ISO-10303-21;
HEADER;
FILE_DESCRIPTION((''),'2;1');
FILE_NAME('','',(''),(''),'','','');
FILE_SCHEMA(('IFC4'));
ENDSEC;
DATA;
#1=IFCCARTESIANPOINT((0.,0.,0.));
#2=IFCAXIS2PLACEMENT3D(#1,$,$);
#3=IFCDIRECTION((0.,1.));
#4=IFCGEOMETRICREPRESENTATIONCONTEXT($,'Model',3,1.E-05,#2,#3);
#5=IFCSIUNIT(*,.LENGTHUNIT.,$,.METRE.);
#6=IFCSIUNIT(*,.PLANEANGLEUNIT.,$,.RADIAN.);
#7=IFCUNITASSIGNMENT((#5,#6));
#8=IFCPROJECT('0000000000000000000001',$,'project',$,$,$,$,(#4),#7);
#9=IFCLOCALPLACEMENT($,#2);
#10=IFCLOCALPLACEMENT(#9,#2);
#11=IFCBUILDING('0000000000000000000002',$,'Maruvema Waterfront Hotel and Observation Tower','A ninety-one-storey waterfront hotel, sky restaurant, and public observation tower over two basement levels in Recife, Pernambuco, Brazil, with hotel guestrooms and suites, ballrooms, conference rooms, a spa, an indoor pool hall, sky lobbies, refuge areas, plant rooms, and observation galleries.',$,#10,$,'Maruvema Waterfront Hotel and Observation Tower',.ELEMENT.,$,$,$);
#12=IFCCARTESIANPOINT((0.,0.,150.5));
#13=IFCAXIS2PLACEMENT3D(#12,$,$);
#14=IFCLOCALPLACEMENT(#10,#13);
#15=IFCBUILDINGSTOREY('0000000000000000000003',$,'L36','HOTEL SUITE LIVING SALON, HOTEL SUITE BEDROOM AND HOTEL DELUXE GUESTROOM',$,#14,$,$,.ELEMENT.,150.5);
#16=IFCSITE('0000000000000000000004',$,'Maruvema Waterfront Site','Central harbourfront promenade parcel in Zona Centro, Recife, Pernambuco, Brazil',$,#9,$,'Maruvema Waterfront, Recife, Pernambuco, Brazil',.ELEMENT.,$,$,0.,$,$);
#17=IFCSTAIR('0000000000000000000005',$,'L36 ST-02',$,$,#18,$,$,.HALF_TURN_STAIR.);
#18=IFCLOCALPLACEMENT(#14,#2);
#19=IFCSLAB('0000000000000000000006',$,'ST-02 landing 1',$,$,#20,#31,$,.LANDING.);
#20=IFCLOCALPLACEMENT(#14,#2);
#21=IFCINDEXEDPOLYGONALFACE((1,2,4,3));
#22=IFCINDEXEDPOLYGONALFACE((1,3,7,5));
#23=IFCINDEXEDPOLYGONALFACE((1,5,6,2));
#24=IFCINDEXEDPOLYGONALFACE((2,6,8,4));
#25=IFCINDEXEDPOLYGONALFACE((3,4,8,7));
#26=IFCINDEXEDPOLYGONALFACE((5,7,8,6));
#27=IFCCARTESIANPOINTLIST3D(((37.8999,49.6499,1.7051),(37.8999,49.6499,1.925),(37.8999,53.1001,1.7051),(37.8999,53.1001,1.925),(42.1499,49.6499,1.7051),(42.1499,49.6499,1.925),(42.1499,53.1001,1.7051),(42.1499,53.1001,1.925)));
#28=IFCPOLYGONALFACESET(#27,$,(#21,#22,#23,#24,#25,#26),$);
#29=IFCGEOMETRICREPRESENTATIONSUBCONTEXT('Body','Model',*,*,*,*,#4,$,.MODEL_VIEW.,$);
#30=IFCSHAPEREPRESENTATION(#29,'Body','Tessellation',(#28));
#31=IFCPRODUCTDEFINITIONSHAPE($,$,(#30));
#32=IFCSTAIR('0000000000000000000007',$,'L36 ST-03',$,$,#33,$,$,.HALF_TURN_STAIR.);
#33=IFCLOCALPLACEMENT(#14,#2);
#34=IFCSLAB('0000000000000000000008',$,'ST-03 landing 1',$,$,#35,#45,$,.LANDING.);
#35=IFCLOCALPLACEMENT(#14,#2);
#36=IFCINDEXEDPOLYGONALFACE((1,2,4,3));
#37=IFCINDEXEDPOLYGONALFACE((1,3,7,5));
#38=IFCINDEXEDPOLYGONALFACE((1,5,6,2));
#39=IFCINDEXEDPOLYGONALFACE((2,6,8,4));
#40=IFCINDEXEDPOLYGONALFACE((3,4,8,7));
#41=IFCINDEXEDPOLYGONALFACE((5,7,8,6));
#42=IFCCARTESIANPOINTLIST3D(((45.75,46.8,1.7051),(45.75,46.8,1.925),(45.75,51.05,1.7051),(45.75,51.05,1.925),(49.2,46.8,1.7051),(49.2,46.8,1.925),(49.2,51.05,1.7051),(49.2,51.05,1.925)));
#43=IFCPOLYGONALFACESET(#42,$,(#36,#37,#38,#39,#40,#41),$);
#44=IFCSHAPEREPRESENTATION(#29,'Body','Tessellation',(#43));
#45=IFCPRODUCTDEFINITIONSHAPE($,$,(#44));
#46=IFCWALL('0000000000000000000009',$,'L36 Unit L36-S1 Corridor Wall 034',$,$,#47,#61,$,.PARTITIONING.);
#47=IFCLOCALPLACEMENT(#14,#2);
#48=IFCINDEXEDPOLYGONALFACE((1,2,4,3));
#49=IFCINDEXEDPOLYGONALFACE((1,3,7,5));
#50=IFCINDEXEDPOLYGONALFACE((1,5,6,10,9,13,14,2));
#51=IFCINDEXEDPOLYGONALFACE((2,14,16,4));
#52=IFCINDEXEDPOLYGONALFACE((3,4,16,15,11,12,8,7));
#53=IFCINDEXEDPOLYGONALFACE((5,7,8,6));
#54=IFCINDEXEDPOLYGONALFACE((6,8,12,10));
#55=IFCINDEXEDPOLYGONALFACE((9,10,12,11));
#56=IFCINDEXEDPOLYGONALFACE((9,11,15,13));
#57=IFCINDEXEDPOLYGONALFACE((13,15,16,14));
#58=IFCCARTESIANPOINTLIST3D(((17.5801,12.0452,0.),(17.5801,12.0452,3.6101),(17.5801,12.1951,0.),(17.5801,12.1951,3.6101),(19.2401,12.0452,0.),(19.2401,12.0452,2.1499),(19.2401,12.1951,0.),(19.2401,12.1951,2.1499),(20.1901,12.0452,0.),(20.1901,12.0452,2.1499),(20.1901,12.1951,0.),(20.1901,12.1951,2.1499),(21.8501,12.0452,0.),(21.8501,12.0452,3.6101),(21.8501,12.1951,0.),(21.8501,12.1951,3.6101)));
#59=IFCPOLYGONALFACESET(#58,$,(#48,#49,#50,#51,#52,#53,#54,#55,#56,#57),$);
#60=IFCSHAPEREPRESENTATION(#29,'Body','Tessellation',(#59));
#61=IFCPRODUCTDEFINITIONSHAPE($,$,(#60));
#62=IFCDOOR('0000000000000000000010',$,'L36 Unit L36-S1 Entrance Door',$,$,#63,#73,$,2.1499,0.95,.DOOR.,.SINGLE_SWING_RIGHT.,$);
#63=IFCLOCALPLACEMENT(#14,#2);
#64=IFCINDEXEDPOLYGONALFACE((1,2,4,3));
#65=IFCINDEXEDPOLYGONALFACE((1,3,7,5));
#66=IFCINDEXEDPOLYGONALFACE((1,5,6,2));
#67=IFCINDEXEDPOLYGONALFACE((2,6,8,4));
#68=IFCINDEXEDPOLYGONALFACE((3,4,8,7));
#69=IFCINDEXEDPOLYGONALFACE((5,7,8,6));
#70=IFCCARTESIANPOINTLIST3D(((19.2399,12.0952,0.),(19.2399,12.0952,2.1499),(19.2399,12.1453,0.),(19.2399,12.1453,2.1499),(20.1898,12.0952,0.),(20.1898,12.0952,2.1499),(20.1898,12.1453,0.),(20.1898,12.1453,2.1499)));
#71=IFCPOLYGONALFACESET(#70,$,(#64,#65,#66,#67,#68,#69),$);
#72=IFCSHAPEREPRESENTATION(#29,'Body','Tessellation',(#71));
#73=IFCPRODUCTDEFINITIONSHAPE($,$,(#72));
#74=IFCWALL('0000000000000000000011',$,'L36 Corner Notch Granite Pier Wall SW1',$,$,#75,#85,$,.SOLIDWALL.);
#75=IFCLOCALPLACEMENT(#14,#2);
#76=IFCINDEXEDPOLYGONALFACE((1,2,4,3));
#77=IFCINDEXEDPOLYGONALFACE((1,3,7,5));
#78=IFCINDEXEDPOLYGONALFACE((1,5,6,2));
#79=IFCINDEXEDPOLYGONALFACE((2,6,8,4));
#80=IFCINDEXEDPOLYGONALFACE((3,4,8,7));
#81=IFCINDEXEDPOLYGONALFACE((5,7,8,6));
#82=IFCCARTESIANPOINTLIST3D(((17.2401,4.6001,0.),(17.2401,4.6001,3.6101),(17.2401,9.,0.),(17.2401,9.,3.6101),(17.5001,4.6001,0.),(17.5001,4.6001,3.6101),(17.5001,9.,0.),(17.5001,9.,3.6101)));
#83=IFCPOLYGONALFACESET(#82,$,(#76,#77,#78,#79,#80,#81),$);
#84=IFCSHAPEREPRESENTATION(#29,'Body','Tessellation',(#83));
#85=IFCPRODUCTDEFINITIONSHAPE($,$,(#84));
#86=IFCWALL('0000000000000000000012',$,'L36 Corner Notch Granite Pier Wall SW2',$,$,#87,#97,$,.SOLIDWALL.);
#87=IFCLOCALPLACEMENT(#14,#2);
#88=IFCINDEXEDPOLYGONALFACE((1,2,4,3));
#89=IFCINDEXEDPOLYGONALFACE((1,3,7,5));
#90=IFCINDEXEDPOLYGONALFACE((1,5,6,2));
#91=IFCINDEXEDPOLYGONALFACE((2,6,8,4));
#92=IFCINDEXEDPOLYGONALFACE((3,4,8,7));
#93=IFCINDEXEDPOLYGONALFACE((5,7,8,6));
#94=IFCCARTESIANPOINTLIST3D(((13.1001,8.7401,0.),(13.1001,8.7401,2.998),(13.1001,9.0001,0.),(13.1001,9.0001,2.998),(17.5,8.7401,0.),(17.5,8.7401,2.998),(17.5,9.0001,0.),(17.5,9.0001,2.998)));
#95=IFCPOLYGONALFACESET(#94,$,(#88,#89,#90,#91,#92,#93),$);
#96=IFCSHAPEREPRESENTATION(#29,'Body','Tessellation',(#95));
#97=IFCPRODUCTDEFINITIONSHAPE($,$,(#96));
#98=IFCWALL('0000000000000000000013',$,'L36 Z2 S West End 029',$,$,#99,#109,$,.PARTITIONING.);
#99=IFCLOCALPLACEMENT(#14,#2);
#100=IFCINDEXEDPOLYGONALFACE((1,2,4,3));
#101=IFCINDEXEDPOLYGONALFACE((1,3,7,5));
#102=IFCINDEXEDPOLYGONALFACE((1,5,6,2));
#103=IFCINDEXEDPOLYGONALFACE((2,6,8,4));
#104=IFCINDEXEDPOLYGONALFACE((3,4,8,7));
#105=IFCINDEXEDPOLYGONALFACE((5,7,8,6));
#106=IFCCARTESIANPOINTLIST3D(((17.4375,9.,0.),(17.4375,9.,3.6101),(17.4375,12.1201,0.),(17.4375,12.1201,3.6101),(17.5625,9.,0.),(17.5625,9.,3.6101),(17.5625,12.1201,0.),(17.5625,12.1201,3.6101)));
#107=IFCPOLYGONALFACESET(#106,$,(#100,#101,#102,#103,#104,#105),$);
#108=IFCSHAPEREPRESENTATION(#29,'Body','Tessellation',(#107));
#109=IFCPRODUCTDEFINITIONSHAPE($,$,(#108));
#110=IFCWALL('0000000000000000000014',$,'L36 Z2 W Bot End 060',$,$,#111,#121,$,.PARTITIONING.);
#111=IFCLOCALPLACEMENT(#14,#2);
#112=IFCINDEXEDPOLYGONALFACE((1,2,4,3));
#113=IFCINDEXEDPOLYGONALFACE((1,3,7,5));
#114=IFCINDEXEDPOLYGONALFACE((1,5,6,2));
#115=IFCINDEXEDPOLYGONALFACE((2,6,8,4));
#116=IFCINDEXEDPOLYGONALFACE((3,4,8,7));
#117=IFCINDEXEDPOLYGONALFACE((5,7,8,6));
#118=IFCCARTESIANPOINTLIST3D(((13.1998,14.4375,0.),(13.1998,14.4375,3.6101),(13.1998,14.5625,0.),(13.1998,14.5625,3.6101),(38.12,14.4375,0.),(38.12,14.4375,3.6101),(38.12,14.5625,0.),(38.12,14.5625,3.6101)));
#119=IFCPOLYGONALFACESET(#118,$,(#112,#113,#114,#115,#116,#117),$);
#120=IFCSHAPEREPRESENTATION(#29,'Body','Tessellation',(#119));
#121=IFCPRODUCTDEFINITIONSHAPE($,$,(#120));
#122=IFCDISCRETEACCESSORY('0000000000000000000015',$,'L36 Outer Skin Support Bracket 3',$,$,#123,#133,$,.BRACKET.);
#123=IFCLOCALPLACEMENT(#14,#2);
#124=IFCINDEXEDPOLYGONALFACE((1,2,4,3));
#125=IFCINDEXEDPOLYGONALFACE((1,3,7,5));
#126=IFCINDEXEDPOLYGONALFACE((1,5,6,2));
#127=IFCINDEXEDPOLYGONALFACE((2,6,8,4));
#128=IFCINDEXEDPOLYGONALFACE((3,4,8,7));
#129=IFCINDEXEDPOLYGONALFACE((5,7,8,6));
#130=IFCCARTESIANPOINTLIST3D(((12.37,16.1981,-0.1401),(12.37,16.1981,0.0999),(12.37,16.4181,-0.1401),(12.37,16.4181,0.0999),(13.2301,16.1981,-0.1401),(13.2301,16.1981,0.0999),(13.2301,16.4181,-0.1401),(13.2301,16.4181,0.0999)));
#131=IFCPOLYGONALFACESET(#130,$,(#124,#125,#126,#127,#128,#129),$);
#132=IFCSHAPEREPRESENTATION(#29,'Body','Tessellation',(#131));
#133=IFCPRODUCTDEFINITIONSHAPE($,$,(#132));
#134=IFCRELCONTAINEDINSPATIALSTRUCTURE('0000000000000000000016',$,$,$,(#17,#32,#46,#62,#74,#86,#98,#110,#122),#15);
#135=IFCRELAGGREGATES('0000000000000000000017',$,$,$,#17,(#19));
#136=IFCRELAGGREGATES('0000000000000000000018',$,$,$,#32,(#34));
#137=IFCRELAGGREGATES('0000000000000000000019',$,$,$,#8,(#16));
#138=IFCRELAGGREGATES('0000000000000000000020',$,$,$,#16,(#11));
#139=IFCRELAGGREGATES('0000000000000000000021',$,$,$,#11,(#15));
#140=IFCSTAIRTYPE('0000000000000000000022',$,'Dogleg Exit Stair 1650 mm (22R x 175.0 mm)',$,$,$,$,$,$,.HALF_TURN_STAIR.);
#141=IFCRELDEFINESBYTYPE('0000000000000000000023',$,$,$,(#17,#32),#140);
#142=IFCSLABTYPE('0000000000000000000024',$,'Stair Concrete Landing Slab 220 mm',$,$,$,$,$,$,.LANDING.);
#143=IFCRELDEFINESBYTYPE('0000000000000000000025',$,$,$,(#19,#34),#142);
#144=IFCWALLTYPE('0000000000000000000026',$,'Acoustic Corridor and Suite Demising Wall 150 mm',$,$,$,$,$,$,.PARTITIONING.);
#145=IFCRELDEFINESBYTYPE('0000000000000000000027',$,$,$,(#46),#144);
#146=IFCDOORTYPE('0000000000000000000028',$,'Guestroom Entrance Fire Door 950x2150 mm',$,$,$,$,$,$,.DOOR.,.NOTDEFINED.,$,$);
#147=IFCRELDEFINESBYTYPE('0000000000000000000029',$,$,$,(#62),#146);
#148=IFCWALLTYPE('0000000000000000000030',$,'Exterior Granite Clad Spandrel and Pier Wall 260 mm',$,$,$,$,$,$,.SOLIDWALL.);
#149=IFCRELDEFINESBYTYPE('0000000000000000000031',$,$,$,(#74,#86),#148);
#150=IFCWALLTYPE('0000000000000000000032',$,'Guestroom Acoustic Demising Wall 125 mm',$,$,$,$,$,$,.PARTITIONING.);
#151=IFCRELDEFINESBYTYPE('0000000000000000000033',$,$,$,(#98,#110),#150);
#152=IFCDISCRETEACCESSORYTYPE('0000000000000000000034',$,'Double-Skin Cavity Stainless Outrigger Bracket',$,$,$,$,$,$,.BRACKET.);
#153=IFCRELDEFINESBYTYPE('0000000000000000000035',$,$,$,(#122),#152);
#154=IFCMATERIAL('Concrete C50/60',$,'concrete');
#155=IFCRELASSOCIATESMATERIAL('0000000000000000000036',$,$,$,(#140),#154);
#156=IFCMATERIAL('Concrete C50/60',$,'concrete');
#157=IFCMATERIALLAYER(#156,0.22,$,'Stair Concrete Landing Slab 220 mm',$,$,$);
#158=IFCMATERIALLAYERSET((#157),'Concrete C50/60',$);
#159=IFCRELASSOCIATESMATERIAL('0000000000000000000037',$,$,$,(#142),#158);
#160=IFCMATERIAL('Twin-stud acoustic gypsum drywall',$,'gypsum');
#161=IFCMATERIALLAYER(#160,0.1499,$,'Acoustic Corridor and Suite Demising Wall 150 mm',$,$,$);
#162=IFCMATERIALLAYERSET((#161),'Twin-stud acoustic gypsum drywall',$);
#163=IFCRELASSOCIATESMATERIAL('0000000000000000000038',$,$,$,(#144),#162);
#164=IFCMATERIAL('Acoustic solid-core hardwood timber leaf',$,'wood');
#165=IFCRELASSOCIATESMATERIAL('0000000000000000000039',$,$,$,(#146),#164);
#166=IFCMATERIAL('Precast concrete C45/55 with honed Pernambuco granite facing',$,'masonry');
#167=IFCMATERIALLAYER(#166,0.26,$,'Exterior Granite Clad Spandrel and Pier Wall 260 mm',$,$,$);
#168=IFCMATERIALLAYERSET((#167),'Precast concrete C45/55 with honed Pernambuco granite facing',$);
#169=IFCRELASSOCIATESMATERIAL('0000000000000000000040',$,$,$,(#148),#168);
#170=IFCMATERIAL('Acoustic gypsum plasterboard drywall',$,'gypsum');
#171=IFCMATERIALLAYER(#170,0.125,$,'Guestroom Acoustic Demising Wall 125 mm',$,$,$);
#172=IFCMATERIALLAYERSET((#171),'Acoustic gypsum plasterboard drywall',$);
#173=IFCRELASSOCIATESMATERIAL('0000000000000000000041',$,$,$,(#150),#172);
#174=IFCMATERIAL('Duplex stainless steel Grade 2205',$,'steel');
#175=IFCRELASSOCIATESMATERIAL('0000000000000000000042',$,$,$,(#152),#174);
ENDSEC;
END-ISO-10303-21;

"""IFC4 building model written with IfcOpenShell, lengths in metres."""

from ifc_helpers import new_model, si_unit, direction, frame, frame_2d, origin, origin_2d, place, context, subcontext, project, spatial, polyline, rectangle, outline, extrude, material, layer, layer_set, type_object, element, fill, aggregate, save


model = new_model("IFC4")

# Units and contexts
model_context = context("Model", 3, precision=1e-05, world=origin(), true_north=direction((0.0, 1.0)))
body_context = subcontext(model_context, "Body", "Model", "MODEL_VIEW")
ifc_project = project(units=[si_unit("LENGTHUNIT", "METRE"), si_unit("PLANEANGLEUNIT", "RADIAN")], contexts=[model_context])

# Site, building, storey
site_placement = place(None, origin())
site = spatial("IfcSite", under=ifc_project, at=site_placement, Name="Maruvema Waterfront Site", Description="Central harbourfront promenade parcel in Zona Centro, Recife, Pernambuco, Brazil", LongName="Maruvema Waterfront, Recife, Pernambuco, Brazil", CompositionType="ELEMENT", RefElevation=0.0)
building_placement = place(site_placement, origin())
building = spatial("IfcBuilding", under=site, at=building_placement, Name="Maruvema Waterfront Hotel and Observation Tower", Description="A ninety-one-storey waterfront hotel, sky restaurant, and public observation tower over two basement levels in Recife, Pernambuco, Brazil, with hotel guestrooms and suites, ballrooms, conference rooms, a spa, an indoor pool hall, sky lobbies, refuge areas, plant rooms, and observation galleries.", LongName="Maruvema Waterfront Hotel and Observation Tower", CompositionType="ELEMENT")
storey_placement = place(building_placement, frame((0.0, 0.0, 150.5)))
storey = spatial("IfcBuildingStorey", under=building, at=storey_placement, Name="L36", Description="HOTEL SUITE LIVING SALON, HOTEL SUITE BEDROOM AND HOTEL DELUXE GUESTROOM", CompositionType="ELEMENT", Elevation=150.5)

# Stairs, slabs
ifc_material_1 = material(Name="Concrete C50/60", Category="concrete")
stair_type = type_object("IfcStairType", Name="Dogleg Exit Stair 1650 mm (22R x 175.0 mm)", PredefinedType="HALF_TURN_STAIR", material=ifc_material_1)
ifc_material_2 = material(Name="Concrete C50/60", Category="concrete")
ifc_layer_1 = layer(ifc_material_2, 0.22, Name="Stair Concrete Landing Slab 220 mm")
ifc_layer_set_1 = layer_set([ifc_layer_1], Name="Concrete C50/60")
slab_type_1 = type_object("IfcSlabType", Name="Stair Concrete Landing Slab 220 mm", PredefinedType="LANDING", material=ifc_layer_set_1)
stair_1_placement = place(storey_placement, origin())
stair_1 = element("IfcStair", 1, at=stair_1_placement, inside=storey, type_object=stair_type, Name="L36 ST-02", PredefinedType="HALF_TURN_STAIR")
slab_1_placement = place(storey_placement, frame((0.0, 0.0, 1.7051)))
slab_1 = element("IfcSlab", 2, at=slab_1_placement, type_object=slab_type_1, Name="ST-02 landing 1", PredefinedType="LANDING", context=body_context, shape_type="SweptSolid", body=[
    extrude(outline(polyline([(37.8999, 49.6499), (42.1499, 49.6499), (42.1499, 53.1001), (37.8999, 53.1001), (37.8999, 49.6499)])), origin(), (0.0, 0.0, 1.0), 0.22),
])
aggregate(stair_1, [slab_1])
stair_2_placement = place(storey_placement, origin())
stair_2 = element("IfcStair", 3, at=stair_2_placement, inside=storey, type_object=stair_type, Name="L36 ST-03", PredefinedType="HALF_TURN_STAIR")
slab_2_placement = place(storey_placement, frame((0.0, 0.0, 1.7051)))
slab_2 = element("IfcSlab", 4, at=slab_2_placement, type_object=slab_type_1, Name="ST-03 landing 1", PredefinedType="LANDING", context=body_context, shape_type="SweptSolid", body=[
    extrude(outline(polyline([(49.2, 46.8), (49.2, 51.05), (45.75, 51.05), (45.75, 46.8), (49.2, 46.8)])), origin(), (0.0, 0.0, 1.0), 0.22),
])
aggregate(stair_2, [slab_2])

# Wall, opening, door
ifc_material_3 = material(Name="Twin-stud acoustic gypsum drywall", Category="gypsum")
ifc_layer_2 = layer(ifc_material_3, 0.1499, Name="Acoustic Corridor and Suite Demising Wall 150 mm")
ifc_layer_set_2 = layer_set([ifc_layer_2], Name="Twin-stud acoustic gypsum drywall")
wall_type_1 = type_object("IfcWallType", Name="Acoustic Corridor and Suite Demising Wall 150 mm", PredefinedType="PARTITIONING", material=ifc_layer_set_2)
wall_1_placement = place(storey_placement, frame((17.5801, 12.1201, 0.0), z_axis=(0.0, 0.0, 1.0), x_axis=(1.0, 0.0, 0.0)))
wall_1 = element("IfcWall", 5, at=wall_1_placement, inside=storey, type_object=wall_type_1, Name="L36 Unit L36-S1 Corridor Wall 034", PredefinedType="PARTITIONING", context=body_context, shape_type="SweptSolid", body=[
    extrude(rectangle(XDim=4.27, YDim=0.1499, at=frame_2d((2.135, 0.0))), origin(), (0.0, 0.0, 1.0), 3.6101),
])
opening_placement = place(wall_1_placement, frame((1.6599, 0.0, 0.0)))
opening = element("IfcOpeningElement", 6, at=opening_placement, cuts=wall_1, PredefinedType="OPENING", context=body_context, shape_type="SweptSolid", body=[
    extrude(rectangle(XDim=0.95, YDim=2.1499, at=frame_2d((0.4751, 1.075))), frame((0.0, 0.085, 0.0), z_axis=(0.0, -1.0, 0.0), x_axis=(1.0, 0.0, 0.0)), (0.0, 0.0, 1.0), 0.1699),
])
ifc_material_4 = material(Name="Acoustic solid-core hardwood timber leaf", Category="wood")
door_type = type_object("IfcDoorType", Name="Guestroom Entrance Fire Door 950x2150 mm", OperationType="NOTDEFINED", PredefinedType="DOOR", material=ifc_material_4)
door_placement = place(opening_placement, frame((0.95, 0.0, 0.0), z_axis=(0.0, 0.0, 1.0), x_axis=(-1.0, 0.0, 0.0)))
door = element("IfcDoor", 7, at=door_placement, inside=storey, type_object=door_type, Name="L36 Unit L36-S1 Entrance Door", OperationType="SINGLE_SWING_RIGHT", OverallHeight=2.1499, OverallWidth=0.95, PredefinedType="DOOR", context=body_context, shape_type="SweptSolid", body=[
    extrude(rectangle(XDim=0.95, YDim=2.1499, at=frame_2d((0.4751, 1.075))), frame((0.0, 0.0249, 0.0), z_axis=(0.0, -1.0, 0.0), x_axis=(1.0, 0.0, 0.0)), (0.0, 0.0, 1.0), 0.05),
])
fill(opening, door)

# Walls
ifc_material_5 = material(Name="Precast concrete C45/55 with honed Pernambuco granite facing", Category="masonry")
ifc_layer_3 = layer(ifc_material_5, 0.26, Name="Exterior Granite Clad Spandrel and Pier Wall 260 mm")
ifc_layer_set_3 = layer_set([ifc_layer_3], Name="Precast concrete C45/55 with honed Pernambuco granite facing")
wall_type_2 = type_object("IfcWallType", Name="Exterior Granite Clad Spandrel and Pier Wall 260 mm", PredefinedType="SOLIDWALL", material=ifc_layer_set_3)
wall_2_placement = place(storey_placement, frame((17.3701, 4.6001, 0.0), z_axis=(0.0, 0.0, 1.0), x_axis=(0.0, 1.0, 0.0)))
element("IfcWall", 8, at=wall_2_placement, inside=storey, type_object=wall_type_2, Name="L36 Corner Notch Granite Pier Wall SW1", PredefinedType="SOLIDWALL", context=body_context, shape_type="SweptSolid", body=[
    extrude(rectangle(XDim=4.3999, YDim=0.26, at=frame_2d((2.2, 0.0))), origin(), (0.0, 0.0, 1.0), 3.6101),
])
wall_3_placement = place(storey_placement, frame((17.5, 8.8701, 0.0), z_axis=(0.0, 0.0, 1.0), x_axis=(-1.0, 0.0, 0.0)))
element("IfcWall", 9, at=wall_3_placement, inside=storey, type_object=wall_type_2, Name="L36 Corner Notch Granite Pier Wall SW2", PredefinedType="SOLIDWALL", context=body_context, shape_type="SweptSolid", body=[
    extrude(rectangle(XDim=4.3999, YDim=0.26, at=frame_2d((2.2, 0.0))), origin(), (0.0, 0.0, 1.0), 2.998),
])
ifc_material_6 = material(Name="Acoustic gypsum plasterboard drywall", Category="gypsum")
ifc_layer_4 = layer(ifc_material_6, 0.125, Name="Guestroom Acoustic Demising Wall 125 mm")
ifc_layer_set_4 = layer_set([ifc_layer_4], Name="Acoustic gypsum plasterboard drywall")
wall_type_3 = type_object("IfcWallType", Name="Guestroom Acoustic Demising Wall 125 mm", PredefinedType="PARTITIONING", material=ifc_layer_set_4)
wall_4_placement = place(storey_placement, frame((17.5, 9.0, 0.0), z_axis=(0.0, 0.0, 1.0), x_axis=(0.0, 1.0, 0.0)))
element("IfcWall", 10, at=wall_4_placement, inside=storey, type_object=wall_type_3, Name="L36 Z2 S West End 029", PredefinedType="PARTITIONING", context=body_context, shape_type="SweptSolid", body=[
    extrude(rectangle(XDim=3.1201, YDim=0.125, at=frame_2d((1.5601, 0.0))), origin(), (0.0, 0.0, 1.0), 3.6101),
])
wall_5_placement = place(storey_placement, frame((13.2, 14.5, 0.0), z_axis=(0.0, 0.0, 1.0), x_axis=(1.0, 0.0, 0.0)))
element("IfcWall", 11, at=wall_5_placement, inside=storey, type_object=wall_type_3, Name="L36 Z2 W Bot End 060", PredefinedType="PARTITIONING", context=body_context, shape_type="SweptSolid", body=[
    extrude(rectangle(XDim=24.9202, YDim=0.125, at=frame_2d((12.46, 0.0))), origin(), (0.0, 0.0, 1.0), 3.6101),
])

# Discrete accessory
ifc_material_7 = material(Name="Duplex stainless steel Grade 2205", Category="steel")
discrete_accessory_type = type_object("IfcDiscreteAccessoryType", Name="Double-Skin Cavity Stainless Outrigger Bracket", PredefinedType="BRACKET", material=ifc_material_7)
discrete_accessory_placement = place(storey_placement, frame((12.8, 16.3081, -0.1401), z_axis=(0.0, 0.0, 1.0), x_axis=(0.0, -1.0, 0.0)))
element("IfcDiscreteAccessory", 12, at=discrete_accessory_placement, inside=storey, type_object=discrete_accessory_type, Name="L36 Outer Skin Support Bracket 3", PredefinedType="BRACKET", context=body_context, shape_type="SweptSolid", body=[
    extrude(rectangle(XDim=0.22, YDim=0.8601, at=origin_2d()), origin(), (0.0, 0.0, 1.0), 0.24),
])

save(model, "model.ifc")
